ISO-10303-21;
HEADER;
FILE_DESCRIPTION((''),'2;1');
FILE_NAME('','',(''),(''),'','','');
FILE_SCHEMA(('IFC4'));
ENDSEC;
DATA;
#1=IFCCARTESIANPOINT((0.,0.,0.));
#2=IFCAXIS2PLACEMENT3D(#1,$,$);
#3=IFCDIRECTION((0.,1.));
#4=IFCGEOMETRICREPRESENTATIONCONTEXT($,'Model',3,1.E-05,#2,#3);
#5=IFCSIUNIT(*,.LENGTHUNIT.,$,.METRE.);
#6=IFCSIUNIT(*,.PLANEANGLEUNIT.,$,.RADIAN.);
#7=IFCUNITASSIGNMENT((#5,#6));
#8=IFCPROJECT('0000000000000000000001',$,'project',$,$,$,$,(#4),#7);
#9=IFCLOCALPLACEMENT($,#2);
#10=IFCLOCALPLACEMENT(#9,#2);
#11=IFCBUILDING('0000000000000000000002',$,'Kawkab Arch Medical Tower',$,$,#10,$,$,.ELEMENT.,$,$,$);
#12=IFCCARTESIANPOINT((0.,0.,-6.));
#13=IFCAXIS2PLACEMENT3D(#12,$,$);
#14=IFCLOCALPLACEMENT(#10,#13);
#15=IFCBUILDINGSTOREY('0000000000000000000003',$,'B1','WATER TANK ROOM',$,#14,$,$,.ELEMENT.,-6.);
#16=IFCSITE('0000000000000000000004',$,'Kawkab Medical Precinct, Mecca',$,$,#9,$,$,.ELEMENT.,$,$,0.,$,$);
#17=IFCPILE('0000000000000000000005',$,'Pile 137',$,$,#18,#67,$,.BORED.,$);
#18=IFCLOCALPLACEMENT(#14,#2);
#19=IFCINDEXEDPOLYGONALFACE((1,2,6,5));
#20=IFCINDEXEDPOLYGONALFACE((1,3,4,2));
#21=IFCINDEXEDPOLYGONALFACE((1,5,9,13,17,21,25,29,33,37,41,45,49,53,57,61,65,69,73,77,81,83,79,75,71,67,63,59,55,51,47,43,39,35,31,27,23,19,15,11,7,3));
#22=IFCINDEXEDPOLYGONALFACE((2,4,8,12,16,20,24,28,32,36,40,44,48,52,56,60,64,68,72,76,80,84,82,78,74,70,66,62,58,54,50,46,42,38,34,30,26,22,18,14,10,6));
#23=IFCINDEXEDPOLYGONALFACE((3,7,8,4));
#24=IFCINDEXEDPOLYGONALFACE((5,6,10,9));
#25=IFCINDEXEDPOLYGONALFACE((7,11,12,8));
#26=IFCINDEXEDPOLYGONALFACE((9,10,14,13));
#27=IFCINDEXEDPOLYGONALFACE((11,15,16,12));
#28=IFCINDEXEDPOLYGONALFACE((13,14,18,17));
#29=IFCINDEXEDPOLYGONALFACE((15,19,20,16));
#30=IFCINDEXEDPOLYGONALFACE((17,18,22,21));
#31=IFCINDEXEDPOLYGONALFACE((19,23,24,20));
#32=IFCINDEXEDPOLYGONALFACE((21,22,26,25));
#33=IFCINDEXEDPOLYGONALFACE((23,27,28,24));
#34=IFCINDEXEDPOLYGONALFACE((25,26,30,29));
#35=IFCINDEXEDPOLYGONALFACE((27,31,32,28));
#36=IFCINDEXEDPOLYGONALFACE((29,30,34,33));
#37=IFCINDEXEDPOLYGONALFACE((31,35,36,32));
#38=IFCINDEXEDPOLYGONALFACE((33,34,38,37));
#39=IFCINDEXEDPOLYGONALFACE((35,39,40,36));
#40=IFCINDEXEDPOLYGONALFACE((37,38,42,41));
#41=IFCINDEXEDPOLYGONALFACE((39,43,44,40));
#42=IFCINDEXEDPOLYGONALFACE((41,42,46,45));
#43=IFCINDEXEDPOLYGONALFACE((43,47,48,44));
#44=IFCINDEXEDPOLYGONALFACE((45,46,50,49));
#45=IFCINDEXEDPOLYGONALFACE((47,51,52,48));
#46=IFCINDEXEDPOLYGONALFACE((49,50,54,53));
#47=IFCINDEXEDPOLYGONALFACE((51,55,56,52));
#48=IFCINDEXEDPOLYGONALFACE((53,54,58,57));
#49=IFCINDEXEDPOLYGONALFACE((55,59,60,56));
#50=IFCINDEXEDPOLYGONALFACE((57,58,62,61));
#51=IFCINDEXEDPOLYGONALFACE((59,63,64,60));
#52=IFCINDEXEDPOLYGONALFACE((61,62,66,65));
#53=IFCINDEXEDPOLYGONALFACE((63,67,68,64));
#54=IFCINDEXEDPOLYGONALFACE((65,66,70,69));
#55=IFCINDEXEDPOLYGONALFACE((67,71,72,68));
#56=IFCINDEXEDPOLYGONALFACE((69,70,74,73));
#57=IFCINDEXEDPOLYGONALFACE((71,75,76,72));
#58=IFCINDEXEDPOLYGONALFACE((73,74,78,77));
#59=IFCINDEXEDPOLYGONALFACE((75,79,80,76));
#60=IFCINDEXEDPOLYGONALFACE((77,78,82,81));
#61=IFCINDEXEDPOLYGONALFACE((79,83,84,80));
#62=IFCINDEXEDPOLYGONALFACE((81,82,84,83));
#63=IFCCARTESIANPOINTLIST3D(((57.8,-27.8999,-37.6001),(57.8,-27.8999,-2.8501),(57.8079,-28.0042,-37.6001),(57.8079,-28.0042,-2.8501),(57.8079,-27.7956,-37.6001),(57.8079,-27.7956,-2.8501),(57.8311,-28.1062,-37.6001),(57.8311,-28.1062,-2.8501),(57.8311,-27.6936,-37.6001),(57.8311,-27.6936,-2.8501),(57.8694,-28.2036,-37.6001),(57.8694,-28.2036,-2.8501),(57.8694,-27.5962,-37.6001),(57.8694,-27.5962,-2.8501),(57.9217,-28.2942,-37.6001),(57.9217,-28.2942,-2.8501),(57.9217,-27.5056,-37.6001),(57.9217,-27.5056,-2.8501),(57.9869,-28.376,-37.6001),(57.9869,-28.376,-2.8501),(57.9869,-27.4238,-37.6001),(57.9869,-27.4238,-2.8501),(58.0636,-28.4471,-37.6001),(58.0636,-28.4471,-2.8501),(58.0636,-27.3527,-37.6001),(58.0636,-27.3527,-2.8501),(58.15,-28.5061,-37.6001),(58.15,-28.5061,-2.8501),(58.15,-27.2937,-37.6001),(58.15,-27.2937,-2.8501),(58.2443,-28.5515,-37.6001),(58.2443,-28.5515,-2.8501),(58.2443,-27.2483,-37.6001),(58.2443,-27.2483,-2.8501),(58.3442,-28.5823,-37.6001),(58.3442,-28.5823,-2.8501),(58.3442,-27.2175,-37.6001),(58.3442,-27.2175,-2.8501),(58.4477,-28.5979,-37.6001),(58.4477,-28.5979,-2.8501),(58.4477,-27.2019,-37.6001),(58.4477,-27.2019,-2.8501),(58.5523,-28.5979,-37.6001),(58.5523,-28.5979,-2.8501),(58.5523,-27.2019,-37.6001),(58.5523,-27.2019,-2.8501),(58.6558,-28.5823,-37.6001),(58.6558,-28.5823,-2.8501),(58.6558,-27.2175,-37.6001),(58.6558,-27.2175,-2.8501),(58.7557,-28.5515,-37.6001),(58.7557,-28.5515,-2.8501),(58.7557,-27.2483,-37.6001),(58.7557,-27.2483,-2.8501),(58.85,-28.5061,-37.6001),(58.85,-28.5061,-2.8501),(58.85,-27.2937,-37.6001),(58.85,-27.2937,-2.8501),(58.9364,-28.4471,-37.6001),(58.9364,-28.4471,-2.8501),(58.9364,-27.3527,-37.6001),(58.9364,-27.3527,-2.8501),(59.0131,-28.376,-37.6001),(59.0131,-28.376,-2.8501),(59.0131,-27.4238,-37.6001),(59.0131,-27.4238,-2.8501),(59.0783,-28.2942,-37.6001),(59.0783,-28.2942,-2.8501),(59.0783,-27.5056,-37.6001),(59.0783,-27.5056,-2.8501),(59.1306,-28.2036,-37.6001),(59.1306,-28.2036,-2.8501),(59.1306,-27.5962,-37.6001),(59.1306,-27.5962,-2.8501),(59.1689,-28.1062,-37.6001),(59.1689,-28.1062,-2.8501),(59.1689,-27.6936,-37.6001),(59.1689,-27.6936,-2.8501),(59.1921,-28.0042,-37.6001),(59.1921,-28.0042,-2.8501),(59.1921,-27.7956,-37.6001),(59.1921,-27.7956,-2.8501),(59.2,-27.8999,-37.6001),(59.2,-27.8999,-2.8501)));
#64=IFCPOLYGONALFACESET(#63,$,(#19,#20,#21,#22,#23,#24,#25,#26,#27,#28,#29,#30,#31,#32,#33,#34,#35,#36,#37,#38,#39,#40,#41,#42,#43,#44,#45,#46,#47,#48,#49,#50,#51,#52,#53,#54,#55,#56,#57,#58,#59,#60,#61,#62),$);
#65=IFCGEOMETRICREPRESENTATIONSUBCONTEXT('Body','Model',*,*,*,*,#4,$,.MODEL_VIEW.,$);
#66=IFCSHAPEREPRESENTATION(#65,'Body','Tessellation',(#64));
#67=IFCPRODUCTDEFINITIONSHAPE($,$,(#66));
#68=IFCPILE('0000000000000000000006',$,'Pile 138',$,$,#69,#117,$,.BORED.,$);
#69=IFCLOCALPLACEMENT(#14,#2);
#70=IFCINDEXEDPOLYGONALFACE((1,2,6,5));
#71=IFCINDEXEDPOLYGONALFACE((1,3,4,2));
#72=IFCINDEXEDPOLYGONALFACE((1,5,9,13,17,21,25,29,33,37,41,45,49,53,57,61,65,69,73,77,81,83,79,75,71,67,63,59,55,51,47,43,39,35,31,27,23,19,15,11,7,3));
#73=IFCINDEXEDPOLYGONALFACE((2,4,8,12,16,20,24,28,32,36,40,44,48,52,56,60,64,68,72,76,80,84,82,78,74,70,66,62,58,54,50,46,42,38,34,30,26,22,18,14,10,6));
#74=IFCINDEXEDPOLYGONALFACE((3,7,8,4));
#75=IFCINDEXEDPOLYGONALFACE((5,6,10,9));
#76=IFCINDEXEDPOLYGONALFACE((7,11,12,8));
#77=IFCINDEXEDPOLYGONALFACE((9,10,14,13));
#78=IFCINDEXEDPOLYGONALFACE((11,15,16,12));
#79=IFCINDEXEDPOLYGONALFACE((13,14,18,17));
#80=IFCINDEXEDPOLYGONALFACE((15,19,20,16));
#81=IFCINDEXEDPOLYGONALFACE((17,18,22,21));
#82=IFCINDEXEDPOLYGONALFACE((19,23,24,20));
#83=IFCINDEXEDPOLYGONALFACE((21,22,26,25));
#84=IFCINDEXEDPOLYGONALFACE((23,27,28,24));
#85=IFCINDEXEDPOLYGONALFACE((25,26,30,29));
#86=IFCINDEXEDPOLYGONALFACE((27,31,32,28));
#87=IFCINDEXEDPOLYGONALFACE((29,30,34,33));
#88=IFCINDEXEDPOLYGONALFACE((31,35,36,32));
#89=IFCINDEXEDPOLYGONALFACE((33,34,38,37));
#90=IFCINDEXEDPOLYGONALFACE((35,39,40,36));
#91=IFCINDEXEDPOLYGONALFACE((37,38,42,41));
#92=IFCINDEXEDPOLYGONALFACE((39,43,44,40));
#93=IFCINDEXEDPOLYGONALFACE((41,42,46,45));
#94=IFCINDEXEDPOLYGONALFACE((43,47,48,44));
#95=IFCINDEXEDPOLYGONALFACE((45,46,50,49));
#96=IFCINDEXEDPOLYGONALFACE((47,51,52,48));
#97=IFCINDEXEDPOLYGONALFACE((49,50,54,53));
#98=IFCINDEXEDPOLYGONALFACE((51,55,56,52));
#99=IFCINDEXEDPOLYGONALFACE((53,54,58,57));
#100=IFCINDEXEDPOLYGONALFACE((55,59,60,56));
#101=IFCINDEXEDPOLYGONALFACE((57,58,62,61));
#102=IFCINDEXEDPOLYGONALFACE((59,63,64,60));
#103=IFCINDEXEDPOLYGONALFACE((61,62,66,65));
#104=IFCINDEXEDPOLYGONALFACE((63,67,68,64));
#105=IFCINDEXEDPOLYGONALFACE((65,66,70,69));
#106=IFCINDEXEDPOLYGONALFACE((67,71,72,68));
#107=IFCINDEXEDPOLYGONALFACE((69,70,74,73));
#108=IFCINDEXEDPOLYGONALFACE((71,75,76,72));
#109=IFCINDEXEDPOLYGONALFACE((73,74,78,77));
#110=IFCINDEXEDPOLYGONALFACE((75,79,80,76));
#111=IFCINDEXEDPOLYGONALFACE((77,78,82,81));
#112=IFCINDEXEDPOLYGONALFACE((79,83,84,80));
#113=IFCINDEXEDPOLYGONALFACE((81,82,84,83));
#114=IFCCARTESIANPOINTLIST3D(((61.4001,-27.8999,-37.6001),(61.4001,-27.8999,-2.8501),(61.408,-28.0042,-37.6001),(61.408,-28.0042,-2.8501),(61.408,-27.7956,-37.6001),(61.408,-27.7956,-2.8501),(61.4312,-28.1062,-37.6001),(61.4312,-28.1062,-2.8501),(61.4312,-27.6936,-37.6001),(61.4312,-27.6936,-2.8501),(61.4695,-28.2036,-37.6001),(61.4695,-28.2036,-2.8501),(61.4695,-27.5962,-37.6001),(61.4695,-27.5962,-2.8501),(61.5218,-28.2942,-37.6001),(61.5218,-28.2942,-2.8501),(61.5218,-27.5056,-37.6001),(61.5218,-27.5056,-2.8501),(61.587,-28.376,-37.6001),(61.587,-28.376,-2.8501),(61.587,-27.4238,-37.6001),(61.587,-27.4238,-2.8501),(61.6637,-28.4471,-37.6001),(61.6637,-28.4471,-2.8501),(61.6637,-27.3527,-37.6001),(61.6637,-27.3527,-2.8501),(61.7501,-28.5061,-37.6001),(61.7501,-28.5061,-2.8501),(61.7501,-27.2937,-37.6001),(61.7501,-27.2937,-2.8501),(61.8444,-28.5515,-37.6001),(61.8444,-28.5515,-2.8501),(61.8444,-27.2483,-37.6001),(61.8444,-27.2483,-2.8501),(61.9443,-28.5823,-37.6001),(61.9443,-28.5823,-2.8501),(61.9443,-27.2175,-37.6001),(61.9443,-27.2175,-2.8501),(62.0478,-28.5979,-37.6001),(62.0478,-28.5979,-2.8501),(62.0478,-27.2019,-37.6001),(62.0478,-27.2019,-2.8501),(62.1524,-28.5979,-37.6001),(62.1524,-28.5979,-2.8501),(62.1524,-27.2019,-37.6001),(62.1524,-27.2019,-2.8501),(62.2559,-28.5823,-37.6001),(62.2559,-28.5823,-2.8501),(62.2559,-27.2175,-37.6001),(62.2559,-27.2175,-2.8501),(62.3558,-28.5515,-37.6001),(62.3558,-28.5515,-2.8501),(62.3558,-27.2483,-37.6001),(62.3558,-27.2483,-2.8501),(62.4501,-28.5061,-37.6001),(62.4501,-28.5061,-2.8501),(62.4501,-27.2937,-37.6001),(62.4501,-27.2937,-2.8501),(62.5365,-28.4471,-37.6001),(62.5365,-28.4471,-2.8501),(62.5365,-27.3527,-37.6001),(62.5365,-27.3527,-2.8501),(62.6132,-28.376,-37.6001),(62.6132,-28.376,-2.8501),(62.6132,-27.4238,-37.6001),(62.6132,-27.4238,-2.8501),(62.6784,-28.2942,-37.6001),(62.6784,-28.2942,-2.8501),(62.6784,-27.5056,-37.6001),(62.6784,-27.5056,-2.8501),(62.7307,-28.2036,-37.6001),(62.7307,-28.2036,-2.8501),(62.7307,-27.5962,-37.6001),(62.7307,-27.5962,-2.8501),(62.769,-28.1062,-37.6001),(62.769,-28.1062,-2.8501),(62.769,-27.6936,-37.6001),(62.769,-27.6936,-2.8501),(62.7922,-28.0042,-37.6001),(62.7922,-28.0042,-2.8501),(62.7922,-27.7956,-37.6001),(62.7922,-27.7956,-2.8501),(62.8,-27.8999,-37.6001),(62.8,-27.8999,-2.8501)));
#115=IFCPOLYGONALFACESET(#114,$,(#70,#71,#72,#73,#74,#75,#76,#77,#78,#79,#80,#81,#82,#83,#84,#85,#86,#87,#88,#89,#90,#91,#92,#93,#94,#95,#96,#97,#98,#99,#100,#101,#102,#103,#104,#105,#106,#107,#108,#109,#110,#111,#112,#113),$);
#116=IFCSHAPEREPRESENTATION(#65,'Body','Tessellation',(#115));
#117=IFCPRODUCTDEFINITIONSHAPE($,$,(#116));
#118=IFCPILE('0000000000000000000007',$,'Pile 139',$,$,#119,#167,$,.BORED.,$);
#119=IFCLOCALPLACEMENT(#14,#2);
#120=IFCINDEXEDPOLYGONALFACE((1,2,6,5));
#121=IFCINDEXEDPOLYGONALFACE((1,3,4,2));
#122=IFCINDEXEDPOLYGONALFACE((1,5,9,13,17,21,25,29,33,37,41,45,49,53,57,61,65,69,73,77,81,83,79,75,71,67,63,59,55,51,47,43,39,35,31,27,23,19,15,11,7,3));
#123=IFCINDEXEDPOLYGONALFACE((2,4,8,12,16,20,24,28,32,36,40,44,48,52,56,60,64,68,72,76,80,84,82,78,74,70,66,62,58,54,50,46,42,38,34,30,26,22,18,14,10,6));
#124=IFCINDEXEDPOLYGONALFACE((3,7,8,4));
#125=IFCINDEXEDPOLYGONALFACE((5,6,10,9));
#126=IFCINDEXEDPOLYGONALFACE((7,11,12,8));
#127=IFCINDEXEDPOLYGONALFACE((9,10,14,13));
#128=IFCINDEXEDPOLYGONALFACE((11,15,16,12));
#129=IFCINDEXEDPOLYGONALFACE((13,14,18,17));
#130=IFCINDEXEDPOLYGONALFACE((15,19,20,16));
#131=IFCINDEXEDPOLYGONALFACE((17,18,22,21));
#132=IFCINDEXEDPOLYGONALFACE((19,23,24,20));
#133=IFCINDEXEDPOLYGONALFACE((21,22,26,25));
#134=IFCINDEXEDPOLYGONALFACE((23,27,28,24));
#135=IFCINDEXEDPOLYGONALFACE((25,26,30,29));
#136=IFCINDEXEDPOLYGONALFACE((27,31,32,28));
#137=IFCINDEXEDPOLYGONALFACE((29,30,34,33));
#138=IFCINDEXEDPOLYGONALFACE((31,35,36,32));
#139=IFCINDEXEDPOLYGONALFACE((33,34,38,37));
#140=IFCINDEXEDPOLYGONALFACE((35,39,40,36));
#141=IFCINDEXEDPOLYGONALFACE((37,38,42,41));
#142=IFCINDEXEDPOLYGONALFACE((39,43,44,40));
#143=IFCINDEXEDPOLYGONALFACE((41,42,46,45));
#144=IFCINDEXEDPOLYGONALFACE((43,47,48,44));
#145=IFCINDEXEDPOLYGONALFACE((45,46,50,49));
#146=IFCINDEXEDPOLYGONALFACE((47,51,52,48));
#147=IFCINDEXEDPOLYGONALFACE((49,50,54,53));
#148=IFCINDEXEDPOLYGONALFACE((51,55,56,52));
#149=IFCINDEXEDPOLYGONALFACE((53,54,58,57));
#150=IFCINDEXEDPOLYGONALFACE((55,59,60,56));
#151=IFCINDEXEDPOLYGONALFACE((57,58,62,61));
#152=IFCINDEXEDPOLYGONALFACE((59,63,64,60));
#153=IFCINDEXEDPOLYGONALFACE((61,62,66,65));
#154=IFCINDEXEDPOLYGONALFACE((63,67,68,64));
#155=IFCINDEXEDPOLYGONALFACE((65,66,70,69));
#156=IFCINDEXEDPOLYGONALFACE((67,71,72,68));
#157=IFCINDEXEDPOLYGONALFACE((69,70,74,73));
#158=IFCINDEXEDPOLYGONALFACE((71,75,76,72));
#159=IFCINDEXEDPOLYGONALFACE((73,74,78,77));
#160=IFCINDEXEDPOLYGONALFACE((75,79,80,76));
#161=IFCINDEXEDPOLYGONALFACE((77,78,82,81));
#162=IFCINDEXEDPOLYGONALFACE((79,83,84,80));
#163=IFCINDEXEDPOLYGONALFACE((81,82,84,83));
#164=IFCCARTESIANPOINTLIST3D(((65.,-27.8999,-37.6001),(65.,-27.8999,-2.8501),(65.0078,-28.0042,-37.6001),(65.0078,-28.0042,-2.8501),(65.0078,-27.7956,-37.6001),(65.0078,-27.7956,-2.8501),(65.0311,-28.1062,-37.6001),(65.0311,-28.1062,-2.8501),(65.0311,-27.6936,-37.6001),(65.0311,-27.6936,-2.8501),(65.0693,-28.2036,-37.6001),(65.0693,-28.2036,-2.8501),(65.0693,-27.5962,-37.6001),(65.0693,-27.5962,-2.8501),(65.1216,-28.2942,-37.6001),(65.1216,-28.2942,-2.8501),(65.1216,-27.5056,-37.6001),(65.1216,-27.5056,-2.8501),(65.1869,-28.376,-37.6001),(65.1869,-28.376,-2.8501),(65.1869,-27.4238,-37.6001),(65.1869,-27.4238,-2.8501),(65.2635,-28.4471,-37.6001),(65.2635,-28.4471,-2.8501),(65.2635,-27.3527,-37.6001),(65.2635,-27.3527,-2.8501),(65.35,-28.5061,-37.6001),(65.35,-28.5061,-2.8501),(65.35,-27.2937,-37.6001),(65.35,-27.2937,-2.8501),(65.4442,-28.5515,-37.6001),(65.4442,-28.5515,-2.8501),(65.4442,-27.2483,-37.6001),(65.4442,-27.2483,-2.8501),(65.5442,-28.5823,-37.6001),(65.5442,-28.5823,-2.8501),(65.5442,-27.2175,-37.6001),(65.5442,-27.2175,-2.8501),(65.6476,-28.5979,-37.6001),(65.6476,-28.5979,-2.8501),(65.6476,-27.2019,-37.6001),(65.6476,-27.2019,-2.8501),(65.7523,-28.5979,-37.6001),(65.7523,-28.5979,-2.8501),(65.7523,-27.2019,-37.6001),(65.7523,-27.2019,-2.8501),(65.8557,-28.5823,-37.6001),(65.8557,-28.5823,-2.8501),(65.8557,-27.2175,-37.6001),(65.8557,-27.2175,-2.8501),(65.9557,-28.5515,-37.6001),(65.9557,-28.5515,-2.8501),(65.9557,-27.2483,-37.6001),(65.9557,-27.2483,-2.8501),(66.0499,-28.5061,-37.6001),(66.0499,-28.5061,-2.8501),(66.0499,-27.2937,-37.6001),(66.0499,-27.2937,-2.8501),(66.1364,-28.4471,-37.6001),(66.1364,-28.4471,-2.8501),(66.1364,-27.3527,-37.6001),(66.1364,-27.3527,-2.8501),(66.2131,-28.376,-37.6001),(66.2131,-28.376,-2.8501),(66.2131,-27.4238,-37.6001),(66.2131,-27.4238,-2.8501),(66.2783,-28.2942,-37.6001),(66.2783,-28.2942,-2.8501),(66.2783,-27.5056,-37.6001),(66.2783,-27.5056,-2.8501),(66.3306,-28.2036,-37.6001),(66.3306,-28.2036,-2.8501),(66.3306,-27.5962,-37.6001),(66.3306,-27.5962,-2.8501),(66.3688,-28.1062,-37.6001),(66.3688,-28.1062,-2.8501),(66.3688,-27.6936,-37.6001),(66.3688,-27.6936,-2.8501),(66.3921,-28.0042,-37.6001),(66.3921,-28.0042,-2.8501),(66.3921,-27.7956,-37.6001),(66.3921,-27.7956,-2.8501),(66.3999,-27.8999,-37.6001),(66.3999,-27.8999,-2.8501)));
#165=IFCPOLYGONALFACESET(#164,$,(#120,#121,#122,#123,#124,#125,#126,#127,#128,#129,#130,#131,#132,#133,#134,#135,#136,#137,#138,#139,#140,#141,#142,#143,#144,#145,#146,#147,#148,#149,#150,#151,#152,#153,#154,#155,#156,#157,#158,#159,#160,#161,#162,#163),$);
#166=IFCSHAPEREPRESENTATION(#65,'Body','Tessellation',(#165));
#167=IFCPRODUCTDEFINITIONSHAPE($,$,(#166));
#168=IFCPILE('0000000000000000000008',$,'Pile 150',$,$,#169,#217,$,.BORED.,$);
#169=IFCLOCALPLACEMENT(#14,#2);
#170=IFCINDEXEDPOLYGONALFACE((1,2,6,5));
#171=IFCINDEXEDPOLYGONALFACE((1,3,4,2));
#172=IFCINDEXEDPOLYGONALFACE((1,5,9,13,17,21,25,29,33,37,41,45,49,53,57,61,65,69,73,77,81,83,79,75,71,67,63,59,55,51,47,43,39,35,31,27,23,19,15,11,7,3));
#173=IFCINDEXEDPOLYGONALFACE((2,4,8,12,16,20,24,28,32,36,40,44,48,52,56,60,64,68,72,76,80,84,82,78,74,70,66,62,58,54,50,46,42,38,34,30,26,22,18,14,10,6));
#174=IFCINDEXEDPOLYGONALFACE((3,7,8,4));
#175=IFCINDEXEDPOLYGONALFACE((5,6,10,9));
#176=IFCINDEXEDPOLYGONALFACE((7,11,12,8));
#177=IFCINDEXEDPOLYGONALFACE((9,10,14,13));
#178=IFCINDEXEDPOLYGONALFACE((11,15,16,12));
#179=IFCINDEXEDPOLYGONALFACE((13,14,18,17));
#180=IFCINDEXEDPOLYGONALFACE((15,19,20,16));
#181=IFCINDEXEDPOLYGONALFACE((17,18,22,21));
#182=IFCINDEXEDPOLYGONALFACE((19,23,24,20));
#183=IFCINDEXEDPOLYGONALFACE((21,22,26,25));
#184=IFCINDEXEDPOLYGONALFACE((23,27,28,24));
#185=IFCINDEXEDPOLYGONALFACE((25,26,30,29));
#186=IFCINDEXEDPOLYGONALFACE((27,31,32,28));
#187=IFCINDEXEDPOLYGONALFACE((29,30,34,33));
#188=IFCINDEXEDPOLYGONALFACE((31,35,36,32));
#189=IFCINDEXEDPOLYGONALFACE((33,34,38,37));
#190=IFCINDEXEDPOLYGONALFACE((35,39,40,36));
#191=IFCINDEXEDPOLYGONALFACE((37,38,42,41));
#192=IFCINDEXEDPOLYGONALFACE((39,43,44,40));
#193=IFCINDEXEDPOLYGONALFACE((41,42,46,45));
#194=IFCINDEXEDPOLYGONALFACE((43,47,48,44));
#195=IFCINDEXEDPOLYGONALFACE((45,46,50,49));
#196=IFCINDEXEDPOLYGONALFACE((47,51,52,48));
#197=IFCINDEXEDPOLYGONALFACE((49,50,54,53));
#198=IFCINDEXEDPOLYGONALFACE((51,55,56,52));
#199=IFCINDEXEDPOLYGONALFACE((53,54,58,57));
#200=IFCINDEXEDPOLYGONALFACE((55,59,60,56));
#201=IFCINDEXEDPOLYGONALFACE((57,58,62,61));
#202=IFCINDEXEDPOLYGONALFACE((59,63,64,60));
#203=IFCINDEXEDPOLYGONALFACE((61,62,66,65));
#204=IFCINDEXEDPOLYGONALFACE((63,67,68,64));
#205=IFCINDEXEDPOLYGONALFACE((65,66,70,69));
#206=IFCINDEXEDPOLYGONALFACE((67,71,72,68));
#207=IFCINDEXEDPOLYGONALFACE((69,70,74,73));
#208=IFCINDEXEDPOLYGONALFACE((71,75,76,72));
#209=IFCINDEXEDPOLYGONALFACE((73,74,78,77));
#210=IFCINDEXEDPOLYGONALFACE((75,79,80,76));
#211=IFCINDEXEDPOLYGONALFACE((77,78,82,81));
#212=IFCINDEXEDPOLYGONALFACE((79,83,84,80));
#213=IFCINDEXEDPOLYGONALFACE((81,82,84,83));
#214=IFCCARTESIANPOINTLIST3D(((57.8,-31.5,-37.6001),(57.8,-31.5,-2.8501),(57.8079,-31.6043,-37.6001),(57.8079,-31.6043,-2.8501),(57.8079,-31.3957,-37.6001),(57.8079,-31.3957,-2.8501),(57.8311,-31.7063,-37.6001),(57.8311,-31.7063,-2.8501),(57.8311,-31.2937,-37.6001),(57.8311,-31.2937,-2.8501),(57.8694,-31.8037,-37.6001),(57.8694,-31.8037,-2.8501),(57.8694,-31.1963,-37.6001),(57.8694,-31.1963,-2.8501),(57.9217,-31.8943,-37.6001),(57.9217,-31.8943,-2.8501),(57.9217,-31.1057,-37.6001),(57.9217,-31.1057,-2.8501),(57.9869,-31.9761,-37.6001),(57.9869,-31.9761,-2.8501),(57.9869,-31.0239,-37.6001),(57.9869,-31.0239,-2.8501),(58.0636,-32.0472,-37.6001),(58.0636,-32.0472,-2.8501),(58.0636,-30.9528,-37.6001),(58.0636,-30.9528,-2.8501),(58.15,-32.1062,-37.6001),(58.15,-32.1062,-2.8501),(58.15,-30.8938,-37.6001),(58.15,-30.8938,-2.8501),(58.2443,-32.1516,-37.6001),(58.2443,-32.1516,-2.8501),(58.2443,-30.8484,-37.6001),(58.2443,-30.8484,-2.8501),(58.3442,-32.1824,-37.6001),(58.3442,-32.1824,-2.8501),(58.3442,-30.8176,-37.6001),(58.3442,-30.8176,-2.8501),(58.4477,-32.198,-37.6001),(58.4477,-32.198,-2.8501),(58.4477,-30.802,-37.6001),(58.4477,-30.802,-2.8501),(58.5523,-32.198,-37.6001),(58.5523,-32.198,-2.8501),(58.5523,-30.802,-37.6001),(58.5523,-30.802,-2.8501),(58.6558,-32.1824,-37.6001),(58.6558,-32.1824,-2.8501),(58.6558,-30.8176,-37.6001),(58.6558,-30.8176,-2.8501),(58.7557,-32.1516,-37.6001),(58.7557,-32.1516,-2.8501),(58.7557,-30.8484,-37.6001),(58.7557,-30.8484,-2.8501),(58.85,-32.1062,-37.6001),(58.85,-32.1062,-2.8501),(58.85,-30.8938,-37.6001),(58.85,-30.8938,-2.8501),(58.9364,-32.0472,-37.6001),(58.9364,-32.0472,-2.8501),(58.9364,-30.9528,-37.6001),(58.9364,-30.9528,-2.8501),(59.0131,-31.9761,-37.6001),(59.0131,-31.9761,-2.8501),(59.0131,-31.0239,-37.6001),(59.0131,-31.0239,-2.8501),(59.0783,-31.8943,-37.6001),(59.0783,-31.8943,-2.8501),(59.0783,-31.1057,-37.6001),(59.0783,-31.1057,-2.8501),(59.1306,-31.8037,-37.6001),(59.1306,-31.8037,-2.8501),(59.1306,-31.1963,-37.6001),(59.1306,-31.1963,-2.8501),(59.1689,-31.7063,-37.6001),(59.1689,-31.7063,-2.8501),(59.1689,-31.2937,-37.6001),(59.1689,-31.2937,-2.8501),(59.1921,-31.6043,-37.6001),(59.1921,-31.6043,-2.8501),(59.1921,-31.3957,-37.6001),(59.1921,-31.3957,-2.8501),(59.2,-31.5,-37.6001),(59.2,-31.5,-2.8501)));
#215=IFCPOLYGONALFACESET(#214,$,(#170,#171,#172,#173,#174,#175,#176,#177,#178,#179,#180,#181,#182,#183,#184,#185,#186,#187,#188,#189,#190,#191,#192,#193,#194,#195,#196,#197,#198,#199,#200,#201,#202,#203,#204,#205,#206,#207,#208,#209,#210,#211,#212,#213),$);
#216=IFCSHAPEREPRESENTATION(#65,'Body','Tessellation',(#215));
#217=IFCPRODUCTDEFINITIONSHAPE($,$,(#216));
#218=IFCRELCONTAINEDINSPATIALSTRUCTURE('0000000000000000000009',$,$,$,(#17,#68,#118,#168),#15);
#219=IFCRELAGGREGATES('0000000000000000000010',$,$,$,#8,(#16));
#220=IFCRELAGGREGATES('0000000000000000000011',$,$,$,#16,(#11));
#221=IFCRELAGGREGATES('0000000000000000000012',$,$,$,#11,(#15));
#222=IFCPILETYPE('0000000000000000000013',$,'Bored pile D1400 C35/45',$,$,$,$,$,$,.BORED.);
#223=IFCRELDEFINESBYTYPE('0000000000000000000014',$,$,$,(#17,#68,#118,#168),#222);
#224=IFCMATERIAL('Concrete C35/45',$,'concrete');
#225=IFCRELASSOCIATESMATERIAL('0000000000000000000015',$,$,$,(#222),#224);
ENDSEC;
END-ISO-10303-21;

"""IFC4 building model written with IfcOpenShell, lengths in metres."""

from ifc_helpers import new_model, si_unit, direction, frame, origin, origin_2d, place, context, subcontext, project, spatial, circle, extrude, material, material_profile, profile_set, type_object, element, save


model = new_model("IFC4")

# Units and contexts
model_context = context("Model", 3, precision=1e-05, world=origin(), true_north=direction((0.0, 1.0)))
body_context = subcontext(model_context, "Body", "Model", "MODEL_VIEW")
ifc_project = project(units=[si_unit("LENGTHUNIT", "METRE"), si_unit("PLANEANGLEUNIT", "RADIAN")], contexts=[model_context])

# Site, building, storey
site_placement = place(None, origin())
site = spatial("IfcSite", under=ifc_project, at=site_placement, Name="Kawkab Medical Precinct, Mecca", CompositionType="ELEMENT", RefElevation=0.0)
building_placement = place(site_placement, origin())
building = spatial("IfcBuilding", under=site, at=building_placement, Name="Kawkab Arch Medical Tower", CompositionType="ELEMENT")
storey_placement = place(building_placement, frame((0.0, 0.0, -6.0)))
storey = spatial("IfcBuildingStorey", under=building, at=storey_placement, Name="B1", Description="WATER TANK ROOM", CompositionType="ELEMENT", Elevation=-6.0)

# Piles
ifc_material_1 = material(Name="Concrete C35/45", Category="concrete")
ifc_material_profile_1 = material_profile(ifc_material_1, circle(Radius=0.7, at=origin_2d()), Name="Bored pile D1400")
ifc_profile_set_1 = profile_set([ifc_material_profile_1], Name="Concrete C35/45")
pile_type_1 = type_object("IfcPileType", Name="Bored pile D1400 C35/45", PredefinedType="BORED", material=ifc_profile_set_1)
for number, where, z_axis, x_axis, name in (
    (1, (58.5, -27.8999, -2.8501), (0.0, 0.0, -1.0), (1.0, 0.0, 0.0), "Pile 137"),
    (2, (62.1001, -27.8999, -2.8501), (0.0, 0.0, -1.0), (1.0, 0.0, 0.0), "Pile 138"),
    (3, (65.7, -27.8999, -2.8501), (0.0, 0.0, -1.0), (1.0, 0.0, 0.0), "Pile 139"),
    (4, (58.5, -31.5, -2.8501), (0.0, 0.0, -1.0), (1.0, 0.0, 0.0), "Pile 150"),
):
    element("IfcPile", number, at=place(storey_placement, frame(where, z_axis=z_axis, x_axis=x_axis)), inside=storey, type_object=pile_type_1, Name=name, PredefinedType="BORED", context=body_context, shape_type="SweptSolid", body=[
        extrude(circle(Radius=0.7, at=origin_2d()), origin(), (0.0, 0.0, 1.0), 34.75),
    ])

save(model, "model.ifc")
